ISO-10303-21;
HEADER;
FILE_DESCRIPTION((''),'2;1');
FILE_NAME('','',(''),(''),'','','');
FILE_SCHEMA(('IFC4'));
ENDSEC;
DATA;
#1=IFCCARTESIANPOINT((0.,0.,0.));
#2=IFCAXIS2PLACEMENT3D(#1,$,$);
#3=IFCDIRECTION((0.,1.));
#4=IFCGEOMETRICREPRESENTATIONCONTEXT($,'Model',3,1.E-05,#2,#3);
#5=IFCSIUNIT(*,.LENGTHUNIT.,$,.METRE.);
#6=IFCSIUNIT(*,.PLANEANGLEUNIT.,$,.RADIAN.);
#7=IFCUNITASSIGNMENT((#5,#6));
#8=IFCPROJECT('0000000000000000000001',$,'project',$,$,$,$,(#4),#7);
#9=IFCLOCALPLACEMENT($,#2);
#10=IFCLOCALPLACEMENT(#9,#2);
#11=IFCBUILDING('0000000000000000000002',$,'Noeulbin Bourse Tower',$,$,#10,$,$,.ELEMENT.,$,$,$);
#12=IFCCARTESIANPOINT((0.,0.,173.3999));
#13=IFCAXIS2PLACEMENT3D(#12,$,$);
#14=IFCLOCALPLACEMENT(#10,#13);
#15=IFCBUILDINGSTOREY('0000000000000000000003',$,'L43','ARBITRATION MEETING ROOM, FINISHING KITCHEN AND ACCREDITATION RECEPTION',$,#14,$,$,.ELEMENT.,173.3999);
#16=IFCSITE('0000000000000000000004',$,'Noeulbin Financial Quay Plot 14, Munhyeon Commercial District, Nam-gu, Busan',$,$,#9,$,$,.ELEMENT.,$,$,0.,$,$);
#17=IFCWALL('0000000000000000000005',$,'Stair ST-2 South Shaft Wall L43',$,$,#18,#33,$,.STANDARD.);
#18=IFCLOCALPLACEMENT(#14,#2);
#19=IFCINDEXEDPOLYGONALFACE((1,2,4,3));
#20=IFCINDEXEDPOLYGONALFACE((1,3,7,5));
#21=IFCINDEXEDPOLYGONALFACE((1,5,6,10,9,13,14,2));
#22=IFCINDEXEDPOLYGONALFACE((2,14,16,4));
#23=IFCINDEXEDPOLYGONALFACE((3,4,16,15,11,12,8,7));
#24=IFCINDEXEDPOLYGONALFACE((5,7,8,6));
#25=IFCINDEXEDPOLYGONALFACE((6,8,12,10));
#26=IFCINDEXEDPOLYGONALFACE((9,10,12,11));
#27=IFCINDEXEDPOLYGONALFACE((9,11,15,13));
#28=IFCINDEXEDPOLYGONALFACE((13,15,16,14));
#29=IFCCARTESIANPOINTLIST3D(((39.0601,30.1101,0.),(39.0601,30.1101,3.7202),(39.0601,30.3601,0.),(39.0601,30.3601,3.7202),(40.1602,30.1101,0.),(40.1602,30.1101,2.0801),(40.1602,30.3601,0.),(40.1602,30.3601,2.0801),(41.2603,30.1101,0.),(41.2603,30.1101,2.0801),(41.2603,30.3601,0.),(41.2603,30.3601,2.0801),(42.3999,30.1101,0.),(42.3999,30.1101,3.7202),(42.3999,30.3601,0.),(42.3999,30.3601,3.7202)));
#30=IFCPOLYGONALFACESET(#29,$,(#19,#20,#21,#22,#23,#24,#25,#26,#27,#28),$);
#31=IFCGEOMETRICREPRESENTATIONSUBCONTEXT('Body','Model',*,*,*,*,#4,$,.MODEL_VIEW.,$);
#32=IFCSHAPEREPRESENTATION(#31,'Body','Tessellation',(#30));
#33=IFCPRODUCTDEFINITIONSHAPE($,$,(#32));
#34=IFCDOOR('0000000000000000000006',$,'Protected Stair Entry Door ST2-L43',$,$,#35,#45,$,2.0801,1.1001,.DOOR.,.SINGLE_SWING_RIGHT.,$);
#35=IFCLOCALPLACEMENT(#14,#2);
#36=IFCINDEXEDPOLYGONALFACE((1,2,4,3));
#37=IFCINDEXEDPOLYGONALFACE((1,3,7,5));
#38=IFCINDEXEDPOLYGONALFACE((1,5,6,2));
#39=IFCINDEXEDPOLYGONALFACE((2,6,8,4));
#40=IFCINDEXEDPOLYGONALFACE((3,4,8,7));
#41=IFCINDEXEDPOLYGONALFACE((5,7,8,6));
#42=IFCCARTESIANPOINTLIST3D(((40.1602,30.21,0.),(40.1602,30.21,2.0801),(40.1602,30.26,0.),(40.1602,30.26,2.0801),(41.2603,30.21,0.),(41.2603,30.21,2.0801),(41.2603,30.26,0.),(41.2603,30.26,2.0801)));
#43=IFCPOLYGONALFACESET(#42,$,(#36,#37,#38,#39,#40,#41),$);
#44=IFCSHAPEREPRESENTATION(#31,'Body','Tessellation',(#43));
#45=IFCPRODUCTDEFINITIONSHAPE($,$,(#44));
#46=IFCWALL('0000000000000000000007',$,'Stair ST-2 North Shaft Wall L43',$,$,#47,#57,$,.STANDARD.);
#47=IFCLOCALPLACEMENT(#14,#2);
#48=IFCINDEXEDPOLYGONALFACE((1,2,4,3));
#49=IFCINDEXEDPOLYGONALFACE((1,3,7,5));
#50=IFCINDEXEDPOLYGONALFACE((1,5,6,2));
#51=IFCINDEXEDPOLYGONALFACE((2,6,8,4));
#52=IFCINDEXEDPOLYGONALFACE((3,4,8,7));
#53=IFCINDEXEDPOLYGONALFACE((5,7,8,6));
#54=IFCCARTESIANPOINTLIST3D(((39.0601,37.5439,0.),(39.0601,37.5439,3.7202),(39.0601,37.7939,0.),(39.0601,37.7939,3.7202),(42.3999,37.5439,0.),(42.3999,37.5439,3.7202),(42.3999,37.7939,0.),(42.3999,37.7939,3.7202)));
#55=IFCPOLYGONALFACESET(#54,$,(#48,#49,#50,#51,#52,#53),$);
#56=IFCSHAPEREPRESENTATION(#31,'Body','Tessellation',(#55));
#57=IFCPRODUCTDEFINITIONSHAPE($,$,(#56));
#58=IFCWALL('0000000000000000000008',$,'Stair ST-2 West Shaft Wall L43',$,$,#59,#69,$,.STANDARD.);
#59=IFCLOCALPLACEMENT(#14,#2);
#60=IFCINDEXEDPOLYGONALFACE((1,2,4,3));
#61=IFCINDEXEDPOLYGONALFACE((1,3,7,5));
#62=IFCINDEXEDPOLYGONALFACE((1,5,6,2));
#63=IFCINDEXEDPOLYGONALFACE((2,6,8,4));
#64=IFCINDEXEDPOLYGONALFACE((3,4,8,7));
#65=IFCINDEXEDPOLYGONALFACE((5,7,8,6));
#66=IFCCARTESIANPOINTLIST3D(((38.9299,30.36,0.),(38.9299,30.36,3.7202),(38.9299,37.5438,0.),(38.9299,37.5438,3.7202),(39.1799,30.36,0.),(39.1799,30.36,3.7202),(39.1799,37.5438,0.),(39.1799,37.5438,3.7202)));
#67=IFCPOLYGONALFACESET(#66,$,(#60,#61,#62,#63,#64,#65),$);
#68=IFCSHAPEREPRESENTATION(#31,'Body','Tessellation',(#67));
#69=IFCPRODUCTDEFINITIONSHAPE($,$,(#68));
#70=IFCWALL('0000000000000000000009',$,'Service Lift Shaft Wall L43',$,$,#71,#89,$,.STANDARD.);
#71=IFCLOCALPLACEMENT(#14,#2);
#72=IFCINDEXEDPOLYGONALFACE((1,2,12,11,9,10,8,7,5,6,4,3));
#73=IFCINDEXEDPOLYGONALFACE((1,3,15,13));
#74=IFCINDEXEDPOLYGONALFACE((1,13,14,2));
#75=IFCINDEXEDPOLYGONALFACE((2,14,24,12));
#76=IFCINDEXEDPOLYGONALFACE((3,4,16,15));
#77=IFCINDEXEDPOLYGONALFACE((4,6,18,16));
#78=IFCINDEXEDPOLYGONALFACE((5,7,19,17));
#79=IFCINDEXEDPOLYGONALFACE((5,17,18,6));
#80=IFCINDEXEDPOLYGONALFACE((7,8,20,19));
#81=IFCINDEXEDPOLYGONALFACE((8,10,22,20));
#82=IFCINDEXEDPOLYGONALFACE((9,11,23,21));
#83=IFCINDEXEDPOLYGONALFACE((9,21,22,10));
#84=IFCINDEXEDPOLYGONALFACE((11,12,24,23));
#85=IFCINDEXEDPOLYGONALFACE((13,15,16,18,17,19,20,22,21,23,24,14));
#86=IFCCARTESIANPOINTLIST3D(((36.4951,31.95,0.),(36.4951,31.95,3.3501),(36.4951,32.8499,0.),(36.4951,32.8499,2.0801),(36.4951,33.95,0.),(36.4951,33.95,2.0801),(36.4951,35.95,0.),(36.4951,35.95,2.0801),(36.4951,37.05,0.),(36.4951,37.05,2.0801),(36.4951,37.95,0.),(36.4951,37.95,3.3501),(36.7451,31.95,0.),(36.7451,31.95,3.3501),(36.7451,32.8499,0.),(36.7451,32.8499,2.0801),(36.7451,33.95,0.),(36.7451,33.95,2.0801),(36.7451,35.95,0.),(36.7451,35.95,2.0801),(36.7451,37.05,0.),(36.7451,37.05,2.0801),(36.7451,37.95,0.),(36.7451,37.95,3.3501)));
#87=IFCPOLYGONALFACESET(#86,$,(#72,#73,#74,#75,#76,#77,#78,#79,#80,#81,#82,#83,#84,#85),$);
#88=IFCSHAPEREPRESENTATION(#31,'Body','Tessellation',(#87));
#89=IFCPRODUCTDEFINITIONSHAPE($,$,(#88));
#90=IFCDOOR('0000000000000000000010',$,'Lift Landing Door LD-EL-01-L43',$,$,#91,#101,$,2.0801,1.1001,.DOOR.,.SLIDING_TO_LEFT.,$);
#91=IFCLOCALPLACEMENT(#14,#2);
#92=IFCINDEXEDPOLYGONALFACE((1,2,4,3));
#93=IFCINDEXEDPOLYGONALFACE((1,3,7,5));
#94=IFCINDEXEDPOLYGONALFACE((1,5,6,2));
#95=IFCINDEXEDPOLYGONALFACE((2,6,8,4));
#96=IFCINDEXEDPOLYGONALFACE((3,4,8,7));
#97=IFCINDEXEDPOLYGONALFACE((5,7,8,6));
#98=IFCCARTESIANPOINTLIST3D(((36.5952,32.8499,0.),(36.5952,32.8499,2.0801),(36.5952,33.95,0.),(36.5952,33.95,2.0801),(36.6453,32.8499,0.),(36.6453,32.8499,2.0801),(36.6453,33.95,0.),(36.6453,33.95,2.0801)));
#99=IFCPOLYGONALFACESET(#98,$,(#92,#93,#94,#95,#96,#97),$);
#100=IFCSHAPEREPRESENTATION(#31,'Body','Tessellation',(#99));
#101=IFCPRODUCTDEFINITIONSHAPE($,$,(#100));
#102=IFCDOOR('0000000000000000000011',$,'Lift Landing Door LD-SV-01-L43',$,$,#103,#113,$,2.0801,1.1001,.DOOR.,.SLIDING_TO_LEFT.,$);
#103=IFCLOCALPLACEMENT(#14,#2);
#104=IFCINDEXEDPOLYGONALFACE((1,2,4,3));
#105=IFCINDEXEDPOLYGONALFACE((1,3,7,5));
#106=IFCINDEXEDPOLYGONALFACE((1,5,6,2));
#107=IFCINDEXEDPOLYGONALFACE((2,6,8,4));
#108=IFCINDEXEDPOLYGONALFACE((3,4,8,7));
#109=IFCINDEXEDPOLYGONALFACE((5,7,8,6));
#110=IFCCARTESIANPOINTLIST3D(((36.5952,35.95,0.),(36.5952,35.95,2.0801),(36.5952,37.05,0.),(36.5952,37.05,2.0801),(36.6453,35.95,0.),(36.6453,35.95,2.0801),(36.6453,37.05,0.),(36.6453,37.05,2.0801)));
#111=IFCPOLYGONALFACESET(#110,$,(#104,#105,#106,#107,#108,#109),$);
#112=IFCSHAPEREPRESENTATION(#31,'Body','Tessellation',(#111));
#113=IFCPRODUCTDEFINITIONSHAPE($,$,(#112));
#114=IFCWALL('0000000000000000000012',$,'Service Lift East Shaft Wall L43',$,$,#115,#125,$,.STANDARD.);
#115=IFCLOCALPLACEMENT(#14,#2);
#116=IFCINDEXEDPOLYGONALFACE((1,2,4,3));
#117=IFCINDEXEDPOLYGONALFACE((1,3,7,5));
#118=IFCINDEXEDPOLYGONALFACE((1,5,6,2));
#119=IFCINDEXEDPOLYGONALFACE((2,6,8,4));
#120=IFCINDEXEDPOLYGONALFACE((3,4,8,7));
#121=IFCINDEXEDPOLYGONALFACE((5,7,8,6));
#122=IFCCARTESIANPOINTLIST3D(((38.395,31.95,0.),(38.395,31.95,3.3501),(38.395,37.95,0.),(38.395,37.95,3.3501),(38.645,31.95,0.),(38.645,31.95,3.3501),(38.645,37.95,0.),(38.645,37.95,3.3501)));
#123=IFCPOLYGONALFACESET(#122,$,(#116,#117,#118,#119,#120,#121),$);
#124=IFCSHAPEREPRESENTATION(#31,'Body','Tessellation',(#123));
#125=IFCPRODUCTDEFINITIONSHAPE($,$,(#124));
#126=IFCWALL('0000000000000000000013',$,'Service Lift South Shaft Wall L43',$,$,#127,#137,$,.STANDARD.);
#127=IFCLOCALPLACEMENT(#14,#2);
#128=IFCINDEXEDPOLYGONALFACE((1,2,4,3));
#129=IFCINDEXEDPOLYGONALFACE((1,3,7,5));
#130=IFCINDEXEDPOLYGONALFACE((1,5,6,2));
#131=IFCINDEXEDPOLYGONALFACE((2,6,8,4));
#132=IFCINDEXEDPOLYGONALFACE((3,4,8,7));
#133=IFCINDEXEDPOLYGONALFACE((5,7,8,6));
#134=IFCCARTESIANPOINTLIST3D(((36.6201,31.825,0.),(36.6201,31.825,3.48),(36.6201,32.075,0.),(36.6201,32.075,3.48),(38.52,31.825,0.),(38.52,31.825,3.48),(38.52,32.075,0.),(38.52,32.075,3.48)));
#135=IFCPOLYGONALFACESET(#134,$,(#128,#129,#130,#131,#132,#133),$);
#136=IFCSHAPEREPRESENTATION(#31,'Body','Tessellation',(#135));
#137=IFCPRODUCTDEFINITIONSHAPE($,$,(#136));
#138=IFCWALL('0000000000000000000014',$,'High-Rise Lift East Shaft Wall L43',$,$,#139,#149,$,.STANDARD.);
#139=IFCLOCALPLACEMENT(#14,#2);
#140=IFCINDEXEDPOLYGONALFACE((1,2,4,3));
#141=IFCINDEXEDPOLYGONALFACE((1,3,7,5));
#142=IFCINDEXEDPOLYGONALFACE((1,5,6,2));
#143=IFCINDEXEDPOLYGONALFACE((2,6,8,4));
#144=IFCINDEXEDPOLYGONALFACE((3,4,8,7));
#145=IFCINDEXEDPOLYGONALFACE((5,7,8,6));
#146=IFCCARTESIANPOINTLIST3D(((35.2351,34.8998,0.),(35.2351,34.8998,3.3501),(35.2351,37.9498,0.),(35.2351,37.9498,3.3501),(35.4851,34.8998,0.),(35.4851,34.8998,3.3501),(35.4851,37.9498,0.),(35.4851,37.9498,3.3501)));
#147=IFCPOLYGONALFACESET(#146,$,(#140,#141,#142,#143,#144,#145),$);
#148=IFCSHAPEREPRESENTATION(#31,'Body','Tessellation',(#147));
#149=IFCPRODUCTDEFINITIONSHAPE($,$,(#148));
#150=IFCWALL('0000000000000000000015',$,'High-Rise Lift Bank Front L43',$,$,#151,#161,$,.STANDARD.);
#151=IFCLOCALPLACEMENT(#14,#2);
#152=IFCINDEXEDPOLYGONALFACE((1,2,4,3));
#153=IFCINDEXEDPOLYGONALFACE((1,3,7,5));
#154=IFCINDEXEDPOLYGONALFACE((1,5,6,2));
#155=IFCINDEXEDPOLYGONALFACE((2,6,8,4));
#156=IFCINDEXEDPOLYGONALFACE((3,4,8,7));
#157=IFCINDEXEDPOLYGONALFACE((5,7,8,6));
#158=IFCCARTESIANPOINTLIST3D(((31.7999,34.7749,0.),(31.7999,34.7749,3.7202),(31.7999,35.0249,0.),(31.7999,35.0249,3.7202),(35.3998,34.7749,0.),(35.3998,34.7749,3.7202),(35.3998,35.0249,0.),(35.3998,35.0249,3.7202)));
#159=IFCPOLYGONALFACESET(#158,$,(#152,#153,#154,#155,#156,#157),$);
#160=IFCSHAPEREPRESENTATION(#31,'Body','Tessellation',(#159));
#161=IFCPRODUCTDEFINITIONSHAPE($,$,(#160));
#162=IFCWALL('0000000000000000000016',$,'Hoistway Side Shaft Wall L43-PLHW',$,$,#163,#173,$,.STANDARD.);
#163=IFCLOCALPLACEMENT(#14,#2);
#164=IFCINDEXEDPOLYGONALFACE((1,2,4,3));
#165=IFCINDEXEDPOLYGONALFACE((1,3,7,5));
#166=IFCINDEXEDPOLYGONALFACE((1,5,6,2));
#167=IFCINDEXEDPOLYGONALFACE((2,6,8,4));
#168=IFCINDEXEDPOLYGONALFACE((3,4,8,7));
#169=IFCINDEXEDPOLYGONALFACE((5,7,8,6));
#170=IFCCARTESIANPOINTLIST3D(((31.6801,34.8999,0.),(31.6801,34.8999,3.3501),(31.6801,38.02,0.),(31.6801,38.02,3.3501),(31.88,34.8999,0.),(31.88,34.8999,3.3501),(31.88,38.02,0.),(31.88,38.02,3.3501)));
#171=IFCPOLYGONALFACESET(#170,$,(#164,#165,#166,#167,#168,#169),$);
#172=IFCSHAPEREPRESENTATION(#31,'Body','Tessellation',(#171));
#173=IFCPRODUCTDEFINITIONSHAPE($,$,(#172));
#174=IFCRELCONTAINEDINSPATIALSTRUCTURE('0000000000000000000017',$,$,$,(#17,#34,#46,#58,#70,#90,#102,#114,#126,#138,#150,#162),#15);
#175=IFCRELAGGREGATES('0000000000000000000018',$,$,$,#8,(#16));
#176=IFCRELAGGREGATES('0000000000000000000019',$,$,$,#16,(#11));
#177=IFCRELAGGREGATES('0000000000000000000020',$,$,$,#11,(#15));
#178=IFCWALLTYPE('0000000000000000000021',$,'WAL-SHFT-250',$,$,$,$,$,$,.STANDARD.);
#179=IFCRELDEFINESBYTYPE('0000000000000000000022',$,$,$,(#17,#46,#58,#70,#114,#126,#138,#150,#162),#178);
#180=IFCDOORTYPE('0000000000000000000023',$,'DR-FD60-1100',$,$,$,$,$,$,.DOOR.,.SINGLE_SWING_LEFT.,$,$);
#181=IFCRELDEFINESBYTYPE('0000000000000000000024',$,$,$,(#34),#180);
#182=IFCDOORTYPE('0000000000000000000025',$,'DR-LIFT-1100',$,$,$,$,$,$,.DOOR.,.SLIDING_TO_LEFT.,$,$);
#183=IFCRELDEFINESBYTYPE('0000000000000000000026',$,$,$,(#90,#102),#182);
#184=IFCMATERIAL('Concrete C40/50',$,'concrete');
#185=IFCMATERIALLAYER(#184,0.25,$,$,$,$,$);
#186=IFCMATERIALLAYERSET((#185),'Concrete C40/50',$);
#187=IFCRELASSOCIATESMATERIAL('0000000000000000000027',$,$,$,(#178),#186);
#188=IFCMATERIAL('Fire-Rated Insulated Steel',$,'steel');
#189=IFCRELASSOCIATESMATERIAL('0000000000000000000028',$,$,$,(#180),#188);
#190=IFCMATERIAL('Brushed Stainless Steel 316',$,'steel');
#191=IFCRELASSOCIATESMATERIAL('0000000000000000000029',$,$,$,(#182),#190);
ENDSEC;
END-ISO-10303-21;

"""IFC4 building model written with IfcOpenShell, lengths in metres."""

from ifc_helpers import new_model, si_unit, direction, frame, frame_2d, origin, place, context, subcontext, project, spatial, rectangle, extrude, material, layer, layer_set, type_object, element, fill, save


model = new_model("IFC4")

# Units and contexts
model_context = context("Model", 3, precision=1e-05, world=origin(), true_north=direction((0.0, 1.0)))
body_context = subcontext(model_context, "Body", "Model", "MODEL_VIEW")
ifc_project = project(units=[si_unit("LENGTHUNIT", "METRE"), si_unit("PLANEANGLEUNIT", "RADIAN")], contexts=[model_context])

# Site, building, storey
site_placement = place(None, origin())
site = spatial("IfcSite", under=ifc_project, at=site_placement, Name="Noeulbin Financial Quay Plot 14, Munhyeon Commercial District, Nam-gu, Busan", CompositionType="ELEMENT", RefElevation=0.0)
building_placement = place(site_placement, origin())
building = spatial("IfcBuilding", under=site, at=building_placement, Name="Noeulbin Bourse Tower", CompositionType="ELEMENT")
storey_placement = place(building_placement, frame((0.0, 0.0, 173.3999)))
storey = spatial("IfcBuildingStorey", under=building, at=storey_placement, Name="L43", Description="ARBITRATION MEETING ROOM, FINISHING KITCHEN AND ACCREDITATION RECEPTION", CompositionType="ELEMENT", Elevation=173.3999)

# Shared definitions
ifc_material_1 = material(Name="Concrete C40/50", Category="concrete")

# Wall, opening, door
ifc_layer_1 = layer(ifc_material_1, 0.25)
ifc_layer_set_1 = layer_set([ifc_layer_1], Name="Concrete C40/50")
wall_type_1 = type_object("IfcWallType", Name="WAL-SHFT-250", PredefinedType="STANDARD", material=ifc_layer_set_1)
wall_1_placement = place(storey_placement, frame((39.0601, 30.2351, 0.0), z_axis=(0.0, 0.0, 1.0), x_axis=(1.0, 0.0, 0.0)))
wall_1 = element("IfcWall", 1, at=wall_1_placement, inside=storey, type_object=wall_type_1, Name="Stair ST-2 South Shaft Wall L43", PredefinedType="STANDARD", context=body_context, shape_type="SweptSolid", body=[
    extrude(rectangle(XDim=3.3398, YDim=0.25, at=frame_2d((1.6699, 0.0))), origin(), (0.0, 0.0, 1.0), 3.7202),
])
opening_1_placement = place(wall_1_placement, frame((1.1001, 0.0, 0.0)))
opening_1 = element("IfcOpeningElement", 2, at=opening_1_placement, cuts=wall_1, PredefinedType="OPENING", context=body_context, shape_type="SweptSolid", body=[
    extrude(rectangle(XDim=1.1001, YDim=2.0801, at=frame_2d((0.55, 1.04))), frame((0.0, 0.135, 0.0), z_axis=(0.0, -1.0, 0.0), x_axis=(1.0, 0.0, 0.0)), (0.0, 0.0, 1.0), 0.27),
])
ifc_material_2 = material(Name="Fire-Rated Insulated Steel", Category="steel")
door_type_1 = type_object("IfcDoorType", Name="DR-FD60-1100", OperationType="SINGLE_SWING_LEFT", PredefinedType="DOOR", material=ifc_material_2)
door_1_placement = place(opening_1_placement, origin())
door_1 = element("IfcDoor", 3, at=door_1_placement, inside=storey, type_object=door_type_1, Name="Protected Stair Entry Door ST2-L43", OperationType="SINGLE_SWING_RIGHT", OverallHeight=2.0801, OverallWidth=1.1001, PredefinedType="DOOR", context=body_context, shape_type="SweptSolid", body=[
    extrude(rectangle(XDim=1.1001, YDim=2.0801, at=frame_2d((0.55, 1.04))), frame((0.0, 0.0249, 0.0), z_axis=(0.0, -1.0, 0.0), x_axis=(1.0, 0.0, 0.0)), (0.0, 0.0, 1.0), 0.05),
])
fill(opening_1, door_1)

# Walls
wall_2_placement = place(storey_placement, frame((39.0601, 37.6689, 0.0), z_axis=(0.0, 0.0, 1.0), x_axis=(1.0, 0.0, 0.0)))
element("IfcWall", 4, at=wall_2_placement, inside=storey, type_object=wall_type_1, Name="Stair ST-2 North Shaft Wall L43", PredefinedType="STANDARD", context=body_context, shape_type="SweptSolid", body=[
    extrude(rectangle(XDim=3.3398, YDim=0.25, at=frame_2d((1.6699, 0.0))), origin(), (0.0, 0.0, 1.0), 3.7202),
])
wall_3_placement = place(storey_placement, frame((39.0549, 30.3601, 0.0), z_axis=(0.0, 0.0, 1.0), x_axis=(0.0, 1.0, 0.0)))
element("IfcWall", 5, at=wall_3_placement, inside=storey, type_object=wall_type_1, Name="Stair ST-2 West Shaft Wall L43", PredefinedType="STANDARD", context=body_context, shape_type="SweptSolid", body=[
    extrude(rectangle(XDim=7.1838, YDim=0.25, at=frame_2d((3.5918, 0.0))), origin(), (0.0, 0.0, 1.0), 3.7202),
])

# Wall, openings, doors
wall_4_placement = place(storey_placement, frame((36.6201, 31.95, 0.0), z_axis=(0.0, 0.0, 1.0), x_axis=(0.0, 1.0, 0.0)))
wall_4 = element("IfcWall", 6, at=wall_4_placement, inside=storey, type_object=wall_type_1, Name="Service Lift Shaft Wall L43", PredefinedType="STANDARD", context=body_context, shape_type="SweptSolid", body=[
    extrude(rectangle(XDim=6.0, YDim=0.25, at=frame_2d((3.0, 0.0))), origin(), (0.0, 0.0, 1.0), 3.3501),
])
opening_2_placement = place(wall_4_placement, frame((0.8999, 0.0, 0.0)))
opening_2 = element("IfcOpeningElement", 7, at=opening_2_placement, cuts=wall_4, PredefinedType="OPENING", context=body_context, shape_type="SweptSolid", body=[
    extrude(rectangle(XDim=1.1001, YDim=2.0801, at=frame_2d((0.55, 1.04))), frame((0.0, 0.135, 0.0), z_axis=(0.0, -1.0, 0.0), x_axis=(1.0, 0.0, 0.0)), (0.0, 0.0, 1.0), 0.27),
])
opening_3_placement = place(wall_4_placement, frame((4.0, 0.0, 0.0)))
opening_3 = element("IfcOpeningElement", 8, at=opening_3_placement, cuts=wall_4, PredefinedType="OPENING", context=body_context, shape_type="SweptSolid", body=[
    extrude(rectangle(XDim=1.1001, YDim=2.0801, at=frame_2d((0.55, 1.04))), frame((0.0, 0.135, 0.0), z_axis=(0.0, -1.0, 0.0), x_axis=(1.0, 0.0, 0.0)), (0.0, 0.0, 1.0), 0.27),
])
ifc_material_3 = material(Name="Brushed Stainless Steel 316", Category="steel")
door_type_2 = type_object("IfcDoorType", Name="DR-LIFT-1100", OperationType="SLIDING_TO_LEFT", PredefinedType="DOOR", material=ifc_material_3)
door_2_placement = place(opening_2_placement, origin())
door_2 = element("IfcDoor", 9, at=door_2_placement, inside=storey, type_object=door_type_2, Name="Lift Landing Door LD-EL-01-L43", OperationType="SLIDING_TO_LEFT", OverallHeight=2.0801, OverallWidth=1.1001, PredefinedType="DOOR", context=body_context, shape_type="SweptSolid", body=[
    extrude(rectangle(XDim=1.1001, YDim=2.0801, at=frame_2d((0.55, 1.04))), frame((0.0, 0.0249, 0.0), z_axis=(0.0, -1.0, 0.0), x_axis=(1.0, 0.0, 0.0)), (0.0, 0.0, 1.0), 0.05),
])
fill(opening_2, door_2)
door_3_placement = place(opening_3_placement, origin())
door_3 = element("IfcDoor", 10, at=door_3_placement, inside=storey, type_object=door_type_2, Name="Lift Landing Door LD-SV-01-L43", OperationType="SLIDING_TO_LEFT", OverallHeight=2.0801, OverallWidth=1.1001, PredefinedType="DOOR", context=body_context, shape_type="SweptSolid", body=[
    extrude(rectangle(XDim=1.1001, YDim=2.0801, at=frame_2d((0.55, 1.04))), frame((0.0, 0.0249, 0.0), z_axis=(0.0, -1.0, 0.0), x_axis=(1.0, 0.0, 0.0)), (0.0, 0.0, 1.0), 0.05),
])
fill(opening_3, door_3)

# Walls
wall_5_placement = place(storey_placement, frame((38.52, 31.95, 0.0), z_axis=(0.0, 0.0, 1.0), x_axis=(0.0, 1.0, 0.0)))
element("IfcWall", 11, at=wall_5_placement, inside=storey, type_object=wall_type_1, Name="Service Lift East Shaft Wall L43", PredefinedType="STANDARD", context=body_context, shape_type="SweptSolid", body=[
    extrude(rectangle(XDim=6.0, YDim=0.25, at=frame_2d((3.0, 0.0))), origin(), (0.0, 0.0, 1.0), 3.3501),
])
wall_6_placement = place(storey_placement, frame((36.6201, 31.95, 0.0), z_axis=(0.0, 0.0, 1.0), x_axis=(1.0, 0.0, 0.0)))
element("IfcWall", 12, at=wall_6_placement, inside=storey, type_object=wall_type_1, Name="Service Lift South Shaft Wall L43", PredefinedType="STANDARD", context=body_context, shape_type="SweptSolid", body=[
    extrude(rectangle(XDim=1.8999, YDim=0.25, at=frame_2d((0.95, 0.0))), origin(), (0.0, 0.0, 1.0), 3.48),
])
wall_7_placement = place(storey_placement, frame((35.3601, 34.8999, 0.0), z_axis=(0.0, 0.0, 1.0), x_axis=(0.0, 1.0, 0.0)))
element("IfcWall", 13, at=wall_7_placement, inside=storey, type_object=wall_type_1, Name="High-Rise Lift East Shaft Wall L43", PredefinedType="STANDARD", context=body_context, shape_type="SweptSolid", body=[
    extrude(rectangle(XDim=3.05, YDim=0.25, at=frame_2d((1.5249, 0.0))), origin(), (0.0, 0.0, 1.0), 3.3501),
])
wall_8_placement = place(storey_placement, frame((31.8, 34.8999, 0.0), z_axis=(0.0, 0.0, 1.0), x_axis=(1.0, 0.0, 0.0)))
element("IfcWall", 14, at=wall_8_placement, inside=storey, type_object=wall_type_1, Name="High-Rise Lift Bank Front L43", PredefinedType="STANDARD", context=body_context, shape_type="SweptSolid", body=[
    extrude(rectangle(XDim=3.5999, YDim=0.25, at=frame_2d((1.7998, 0.0))), origin(), (0.0, 0.0, 1.0), 3.7202),
])
wall_9_placement = place(storey_placement, frame((31.78, 34.8999, 0.0), z_axis=(0.0, 0.0, 1.0), x_axis=(0.0, 1.0, 0.0)))
element("IfcWall", 15, at=wall_9_placement, inside=storey, type_object=wall_type_1, Name="Hoistway Side Shaft Wall L43-PLHW", PredefinedType="STANDARD", context=body_context, shape_type="SweptSolid", body=[
    extrude(rectangle(XDim=3.1201, YDim=0.2, at=frame_2d((1.5601, 0.0))), origin(), (0.0, 0.0, 1.0), 3.3501),
])

save(model, "model.ifc")
